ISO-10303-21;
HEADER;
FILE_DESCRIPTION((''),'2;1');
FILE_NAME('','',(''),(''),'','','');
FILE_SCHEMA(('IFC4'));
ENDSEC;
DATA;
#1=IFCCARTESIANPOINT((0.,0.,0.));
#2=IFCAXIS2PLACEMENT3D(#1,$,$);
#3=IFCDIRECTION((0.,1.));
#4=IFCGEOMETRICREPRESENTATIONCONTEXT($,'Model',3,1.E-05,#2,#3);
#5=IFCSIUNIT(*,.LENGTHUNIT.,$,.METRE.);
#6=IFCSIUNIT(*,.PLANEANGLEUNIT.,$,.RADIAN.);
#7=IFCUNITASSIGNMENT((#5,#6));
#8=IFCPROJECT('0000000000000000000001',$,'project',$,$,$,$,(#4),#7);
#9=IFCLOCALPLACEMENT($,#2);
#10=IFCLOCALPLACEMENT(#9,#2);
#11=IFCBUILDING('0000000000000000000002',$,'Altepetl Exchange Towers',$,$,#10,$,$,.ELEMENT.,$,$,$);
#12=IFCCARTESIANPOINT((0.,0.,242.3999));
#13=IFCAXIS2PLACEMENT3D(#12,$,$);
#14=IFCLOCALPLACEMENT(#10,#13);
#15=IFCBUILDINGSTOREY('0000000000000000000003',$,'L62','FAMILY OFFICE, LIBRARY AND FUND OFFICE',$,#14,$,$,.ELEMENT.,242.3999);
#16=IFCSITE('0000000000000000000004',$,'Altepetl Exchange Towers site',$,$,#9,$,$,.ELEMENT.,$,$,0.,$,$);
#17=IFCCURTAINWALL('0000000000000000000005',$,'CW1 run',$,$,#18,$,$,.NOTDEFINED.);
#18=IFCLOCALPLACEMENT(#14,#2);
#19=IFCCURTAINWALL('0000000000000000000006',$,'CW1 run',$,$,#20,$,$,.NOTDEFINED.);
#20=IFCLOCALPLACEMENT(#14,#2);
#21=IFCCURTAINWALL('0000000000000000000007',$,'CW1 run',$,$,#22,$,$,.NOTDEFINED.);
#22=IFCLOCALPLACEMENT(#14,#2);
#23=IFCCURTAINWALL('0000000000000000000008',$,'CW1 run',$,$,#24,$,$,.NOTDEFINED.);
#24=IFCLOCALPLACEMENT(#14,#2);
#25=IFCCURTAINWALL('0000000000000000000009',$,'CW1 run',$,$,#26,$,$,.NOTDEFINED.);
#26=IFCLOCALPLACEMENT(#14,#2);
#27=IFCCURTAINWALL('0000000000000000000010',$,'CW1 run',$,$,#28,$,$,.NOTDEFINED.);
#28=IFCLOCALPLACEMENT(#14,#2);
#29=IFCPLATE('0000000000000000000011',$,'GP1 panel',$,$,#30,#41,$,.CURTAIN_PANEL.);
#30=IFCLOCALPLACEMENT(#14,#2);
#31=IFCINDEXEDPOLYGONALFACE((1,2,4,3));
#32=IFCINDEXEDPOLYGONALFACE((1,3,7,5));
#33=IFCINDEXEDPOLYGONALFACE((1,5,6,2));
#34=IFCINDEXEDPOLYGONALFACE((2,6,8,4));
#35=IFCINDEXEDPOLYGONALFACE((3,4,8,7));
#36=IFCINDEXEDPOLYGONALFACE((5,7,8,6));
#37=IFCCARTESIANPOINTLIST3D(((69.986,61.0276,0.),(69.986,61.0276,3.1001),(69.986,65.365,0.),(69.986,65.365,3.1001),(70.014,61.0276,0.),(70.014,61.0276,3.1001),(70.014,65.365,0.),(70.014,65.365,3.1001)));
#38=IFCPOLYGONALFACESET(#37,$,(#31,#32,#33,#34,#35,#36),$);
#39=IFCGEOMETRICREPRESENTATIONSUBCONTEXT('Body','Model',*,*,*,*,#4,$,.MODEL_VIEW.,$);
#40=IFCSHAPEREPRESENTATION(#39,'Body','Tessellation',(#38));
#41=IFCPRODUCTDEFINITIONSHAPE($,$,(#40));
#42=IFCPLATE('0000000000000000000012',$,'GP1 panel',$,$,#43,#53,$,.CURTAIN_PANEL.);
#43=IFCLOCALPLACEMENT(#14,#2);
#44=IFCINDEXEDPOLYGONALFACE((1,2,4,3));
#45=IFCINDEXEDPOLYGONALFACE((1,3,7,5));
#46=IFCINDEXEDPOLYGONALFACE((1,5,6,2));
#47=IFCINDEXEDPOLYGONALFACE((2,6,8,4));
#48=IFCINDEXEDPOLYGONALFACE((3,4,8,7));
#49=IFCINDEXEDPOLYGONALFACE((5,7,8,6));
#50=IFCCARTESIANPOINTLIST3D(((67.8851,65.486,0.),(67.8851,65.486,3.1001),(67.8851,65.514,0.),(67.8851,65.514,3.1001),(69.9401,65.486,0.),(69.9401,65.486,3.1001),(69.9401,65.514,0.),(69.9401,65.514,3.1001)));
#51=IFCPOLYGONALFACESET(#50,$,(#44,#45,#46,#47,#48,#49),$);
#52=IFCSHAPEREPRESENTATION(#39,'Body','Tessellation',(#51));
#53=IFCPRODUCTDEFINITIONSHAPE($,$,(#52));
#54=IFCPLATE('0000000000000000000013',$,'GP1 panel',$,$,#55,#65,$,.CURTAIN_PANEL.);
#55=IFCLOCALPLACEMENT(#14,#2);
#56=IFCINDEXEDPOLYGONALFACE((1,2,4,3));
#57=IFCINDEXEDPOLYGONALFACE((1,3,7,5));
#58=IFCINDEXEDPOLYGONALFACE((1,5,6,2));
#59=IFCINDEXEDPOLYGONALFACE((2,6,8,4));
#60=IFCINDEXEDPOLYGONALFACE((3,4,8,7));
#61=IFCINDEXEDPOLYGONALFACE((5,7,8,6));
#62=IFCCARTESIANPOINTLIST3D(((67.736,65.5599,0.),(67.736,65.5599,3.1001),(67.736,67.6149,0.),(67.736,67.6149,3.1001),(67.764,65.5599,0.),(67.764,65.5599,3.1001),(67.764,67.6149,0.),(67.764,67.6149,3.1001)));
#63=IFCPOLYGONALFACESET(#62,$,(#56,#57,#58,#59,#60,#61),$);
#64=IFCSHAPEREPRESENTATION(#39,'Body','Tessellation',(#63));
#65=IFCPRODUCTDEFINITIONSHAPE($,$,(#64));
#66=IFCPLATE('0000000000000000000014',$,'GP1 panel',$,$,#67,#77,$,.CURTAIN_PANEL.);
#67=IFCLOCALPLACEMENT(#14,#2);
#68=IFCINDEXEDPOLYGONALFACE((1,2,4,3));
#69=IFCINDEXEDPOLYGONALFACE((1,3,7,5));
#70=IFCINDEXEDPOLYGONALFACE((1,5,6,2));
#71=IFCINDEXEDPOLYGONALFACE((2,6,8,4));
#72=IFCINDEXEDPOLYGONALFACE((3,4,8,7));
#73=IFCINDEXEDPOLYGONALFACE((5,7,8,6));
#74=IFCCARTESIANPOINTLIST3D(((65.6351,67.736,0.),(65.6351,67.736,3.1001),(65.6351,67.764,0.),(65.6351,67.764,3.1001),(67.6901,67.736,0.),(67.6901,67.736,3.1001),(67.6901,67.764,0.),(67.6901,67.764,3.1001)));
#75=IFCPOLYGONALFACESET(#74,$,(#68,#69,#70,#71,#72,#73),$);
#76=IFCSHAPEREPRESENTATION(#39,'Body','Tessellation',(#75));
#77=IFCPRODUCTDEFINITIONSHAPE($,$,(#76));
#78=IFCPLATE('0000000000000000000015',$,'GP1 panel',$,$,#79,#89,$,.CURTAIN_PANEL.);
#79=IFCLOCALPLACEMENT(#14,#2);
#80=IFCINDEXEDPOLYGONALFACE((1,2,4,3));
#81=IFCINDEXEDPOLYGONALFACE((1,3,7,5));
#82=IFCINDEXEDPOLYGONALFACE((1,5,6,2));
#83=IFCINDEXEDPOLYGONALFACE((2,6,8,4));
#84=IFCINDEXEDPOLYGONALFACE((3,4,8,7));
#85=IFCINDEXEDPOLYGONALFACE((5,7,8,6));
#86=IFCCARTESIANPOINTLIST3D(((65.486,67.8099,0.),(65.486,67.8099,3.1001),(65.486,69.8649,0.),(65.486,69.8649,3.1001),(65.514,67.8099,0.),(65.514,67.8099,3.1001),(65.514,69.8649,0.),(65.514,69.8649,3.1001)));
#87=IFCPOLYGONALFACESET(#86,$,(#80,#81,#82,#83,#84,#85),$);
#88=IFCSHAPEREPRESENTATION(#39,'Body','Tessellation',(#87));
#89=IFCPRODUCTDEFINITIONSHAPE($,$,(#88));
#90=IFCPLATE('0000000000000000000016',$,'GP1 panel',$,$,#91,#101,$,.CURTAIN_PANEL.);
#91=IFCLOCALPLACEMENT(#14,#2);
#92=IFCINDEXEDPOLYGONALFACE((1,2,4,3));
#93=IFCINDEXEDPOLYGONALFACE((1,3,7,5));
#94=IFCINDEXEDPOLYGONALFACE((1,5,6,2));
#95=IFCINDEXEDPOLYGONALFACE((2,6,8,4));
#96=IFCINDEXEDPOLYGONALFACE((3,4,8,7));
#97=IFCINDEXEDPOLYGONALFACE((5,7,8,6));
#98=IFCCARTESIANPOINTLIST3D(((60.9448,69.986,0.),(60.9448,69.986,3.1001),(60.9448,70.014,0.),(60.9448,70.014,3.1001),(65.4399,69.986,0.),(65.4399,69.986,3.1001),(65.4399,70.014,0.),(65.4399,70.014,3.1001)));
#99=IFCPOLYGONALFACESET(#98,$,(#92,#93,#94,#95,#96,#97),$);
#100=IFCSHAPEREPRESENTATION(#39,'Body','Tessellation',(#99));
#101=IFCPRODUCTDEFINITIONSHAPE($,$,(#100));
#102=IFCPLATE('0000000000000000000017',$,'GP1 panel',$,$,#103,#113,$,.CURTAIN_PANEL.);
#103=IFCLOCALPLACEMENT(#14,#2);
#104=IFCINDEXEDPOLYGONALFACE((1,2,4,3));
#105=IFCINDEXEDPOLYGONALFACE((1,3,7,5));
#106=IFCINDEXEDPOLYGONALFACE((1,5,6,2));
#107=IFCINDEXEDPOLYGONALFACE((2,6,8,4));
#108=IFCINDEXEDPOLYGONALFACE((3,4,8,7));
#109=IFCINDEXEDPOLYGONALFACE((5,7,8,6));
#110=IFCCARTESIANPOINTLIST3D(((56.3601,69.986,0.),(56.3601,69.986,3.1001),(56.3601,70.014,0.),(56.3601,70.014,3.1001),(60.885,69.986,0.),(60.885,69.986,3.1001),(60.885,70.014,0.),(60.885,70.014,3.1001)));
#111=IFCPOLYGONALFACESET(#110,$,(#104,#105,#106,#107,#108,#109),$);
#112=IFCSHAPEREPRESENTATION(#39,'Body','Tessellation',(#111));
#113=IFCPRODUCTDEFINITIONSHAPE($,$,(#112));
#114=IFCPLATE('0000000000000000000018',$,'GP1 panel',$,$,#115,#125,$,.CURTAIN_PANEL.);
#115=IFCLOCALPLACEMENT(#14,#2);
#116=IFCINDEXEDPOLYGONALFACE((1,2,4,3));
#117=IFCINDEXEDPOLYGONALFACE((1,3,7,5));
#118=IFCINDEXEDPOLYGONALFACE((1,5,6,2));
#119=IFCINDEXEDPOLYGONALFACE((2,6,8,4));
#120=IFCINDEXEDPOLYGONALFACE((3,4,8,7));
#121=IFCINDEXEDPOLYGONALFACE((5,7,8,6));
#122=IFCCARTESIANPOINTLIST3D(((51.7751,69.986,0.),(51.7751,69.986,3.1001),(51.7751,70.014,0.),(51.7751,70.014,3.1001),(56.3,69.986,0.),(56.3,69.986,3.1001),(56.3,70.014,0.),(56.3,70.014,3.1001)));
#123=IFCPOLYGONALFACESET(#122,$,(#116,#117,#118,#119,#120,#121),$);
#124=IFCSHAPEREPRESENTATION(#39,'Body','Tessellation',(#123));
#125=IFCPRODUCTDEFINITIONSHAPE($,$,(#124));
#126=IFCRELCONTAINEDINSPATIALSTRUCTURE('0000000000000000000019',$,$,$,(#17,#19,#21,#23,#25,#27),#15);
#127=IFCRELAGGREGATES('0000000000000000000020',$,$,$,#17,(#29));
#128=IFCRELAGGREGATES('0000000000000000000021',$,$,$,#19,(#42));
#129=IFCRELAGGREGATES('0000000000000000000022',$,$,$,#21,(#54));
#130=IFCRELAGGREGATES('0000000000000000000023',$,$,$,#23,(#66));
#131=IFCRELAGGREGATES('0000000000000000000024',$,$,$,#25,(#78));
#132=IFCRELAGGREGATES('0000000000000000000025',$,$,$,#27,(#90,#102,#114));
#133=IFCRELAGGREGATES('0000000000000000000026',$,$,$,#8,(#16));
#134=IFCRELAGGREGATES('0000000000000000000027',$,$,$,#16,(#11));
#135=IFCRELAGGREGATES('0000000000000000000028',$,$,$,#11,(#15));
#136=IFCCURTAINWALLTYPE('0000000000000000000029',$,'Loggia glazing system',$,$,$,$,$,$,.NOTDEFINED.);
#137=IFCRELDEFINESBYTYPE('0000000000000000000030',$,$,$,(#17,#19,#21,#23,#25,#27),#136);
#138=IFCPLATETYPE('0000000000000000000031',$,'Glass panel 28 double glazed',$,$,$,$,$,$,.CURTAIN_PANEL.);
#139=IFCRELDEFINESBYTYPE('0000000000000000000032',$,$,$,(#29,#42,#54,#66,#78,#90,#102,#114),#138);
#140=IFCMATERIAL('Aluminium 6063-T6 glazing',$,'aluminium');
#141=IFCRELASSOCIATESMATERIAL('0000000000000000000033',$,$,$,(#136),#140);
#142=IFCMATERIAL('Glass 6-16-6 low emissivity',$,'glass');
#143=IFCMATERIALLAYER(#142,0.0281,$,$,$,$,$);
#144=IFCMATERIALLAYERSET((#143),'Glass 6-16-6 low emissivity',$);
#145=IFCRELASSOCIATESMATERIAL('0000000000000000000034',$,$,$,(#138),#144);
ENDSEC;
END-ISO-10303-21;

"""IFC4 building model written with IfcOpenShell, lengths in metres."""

from ifc_helpers import new_model, si_unit, direction, frame, origin, origin_2d, place, context, subcontext, project, spatial, rectangle, extrude, material, layer, layer_set, type_object, element, aggregate, save


model = new_model("IFC4")

# Units and contexts
model_context = context("Model", 3, precision=1e-05, world=origin(), true_north=direction((0.0, 1.0)))
body_context = subcontext(model_context, "Body", "Model", "MODEL_VIEW")
ifc_project = project(units=[si_unit("LENGTHUNIT", "METRE"), si_unit("PLANEANGLEUNIT", "RADIAN")], contexts=[model_context])

# Site, building, storey
site_placement = place(None, origin())
site = spatial("IfcSite", under=ifc_project, at=site_placement, Name="Altepetl Exchange Towers site", CompositionType="ELEMENT", RefElevation=0.0)
building_placement = place(site_placement, origin())
building = spatial("IfcBuilding", under=site, at=building_placement, Name="Altepetl Exchange Towers", CompositionType="ELEMENT")
storey_placement = place(building_placement, frame((0.0, 0.0, 242.3999)))
storey = spatial("IfcBuildingStorey", under=building, at=storey_placement, Name="L62", Description="FAMILY OFFICE, LIBRARY AND FUND OFFICE", CompositionType="ELEMENT", Elevation=242.3999)

# Curtain wall
ifc_material_1 = material(Name="Aluminium 6063-T6 glazing", Category="aluminium")
curtain_wall_type = type_object("IfcCurtainWallType", Name="Loggia glazing system", PredefinedType="NOTDEFINED", material=ifc_material_1)
curtain_wall_1_placement = place(storey_placement, origin())
curtain_wall_1 = element("IfcCurtainWall", 1, at=curtain_wall_1_placement, inside=storey, type_object=curtain_wall_type, Name="CW1 run", PredefinedType="NOTDEFINED")

# Curtain walls
curtain_wall_2_placement = place(storey_placement, origin())
curtain_wall_2 = element("IfcCurtainWall", 2, at=curtain_wall_2_placement, inside=storey, type_object=curtain_wall_type, Name="CW1 run", PredefinedType="NOTDEFINED")
curtain_wall_3_placement = place(storey_placement, origin())
curtain_wall_3 = element("IfcCurtainWall", 3, at=curtain_wall_3_placement, inside=storey, type_object=curtain_wall_type, Name="CW1 run", PredefinedType="NOTDEFINED")
curtain_wall_4_placement = place(storey_placement, origin())
curtain_wall_4 = element("IfcCurtainWall", 4, at=curtain_wall_4_placement, inside=storey, type_object=curtain_wall_type, Name="CW1 run", PredefinedType="NOTDEFINED")
curtain_wall_5_placement = place(storey_placement, origin())
curtain_wall_5 = element("IfcCurtainWall", 5, at=curtain_wall_5_placement, inside=storey, type_object=curtain_wall_type, Name="CW1 run", PredefinedType="NOTDEFINED")
curtain_wall_6_placement = place(storey_placement, origin())
curtain_wall_6 = element("IfcCurtainWall", 6, at=curtain_wall_6_placement, inside=storey, type_object=curtain_wall_type, Name="CW1 run", PredefinedType="NOTDEFINED")

# Plates
ifc_material_2 = material(Name="Glass 6-16-6 low emissivity", Category="glass")
ifc_layer = layer(ifc_material_2, 0.0281)
ifc_layer_set = layer_set([ifc_layer], Name="Glass 6-16-6 low emissivity")
plate_type = type_object("IfcPlateType", Name="Glass panel 28 double glazed", PredefinedType="CURTAIN_PANEL", material=ifc_layer_set)
plate_1_placement = place(storey_placement, frame((70.0, 63.1963, 0.0), z_axis=(0.0, 0.0, 1.0), x_axis=(0.0, 1.0, 0.0)))
plate_1 = element("IfcPlate", 7, at=plate_1_placement, type_object=plate_type, Name="GP1 panel", PredefinedType="CURTAIN_PANEL", context=body_context, shape_type="SweptSolid", body=[
    extrude(rectangle(XDim=4.3374, YDim=0.0281, at=origin_2d()), origin(), (0.0, 0.0, 1.0), 3.1001),
])
aggregate(curtain_wall_1, [plate_1])
plate_2_placement = place(storey_placement, frame((68.9126, 65.5, 0.0), z_axis=(0.0, 0.0, 1.0), x_axis=(-1.0, 0.0, 0.0)))
plate_2 = element("IfcPlate", 8, at=plate_2_placement, type_object=plate_type, Name="GP1 panel", PredefinedType="CURTAIN_PANEL", context=body_context, shape_type="SweptSolid", body=[
    extrude(rectangle(XDim=2.0549, YDim=0.0281, at=origin_2d()), origin(), (0.0, 0.0, 1.0), 3.1001),
])
aggregate(curtain_wall_2, [plate_2])
plate_3_placement = place(storey_placement, frame((67.75, 66.5874, 0.0), z_axis=(0.0, 0.0, 1.0), x_axis=(0.0, 1.0, 0.0)))
plate_3 = element("IfcPlate", 9, at=plate_3_placement, type_object=plate_type, Name="GP1 panel", PredefinedType="CURTAIN_PANEL", context=body_context, shape_type="SweptSolid", body=[
    extrude(rectangle(XDim=2.0549, YDim=0.0281, at=origin_2d()), origin(), (0.0, 0.0, 1.0), 3.1001),
])
aggregate(curtain_wall_3, [plate_3])
plate_4_placement = place(storey_placement, frame((66.6626, 67.75, 0.0), z_axis=(0.0, 0.0, 1.0), x_axis=(-1.0, 0.0, 0.0)))
plate_4 = element("IfcPlate", 10, at=plate_4_placement, type_object=plate_type, Name="GP1 panel", PredefinedType="CURTAIN_PANEL", context=body_context, shape_type="SweptSolid", body=[
    extrude(rectangle(XDim=2.0549, YDim=0.0281, at=origin_2d()), origin(), (0.0, 0.0, 1.0), 3.1001),
])
aggregate(curtain_wall_4, [plate_4])
plate_5_placement = place(storey_placement, frame((65.5, 68.8374, 0.0), z_axis=(0.0, 0.0, 1.0), x_axis=(0.0, 1.0, 0.0)))
plate_5 = element("IfcPlate", 11, at=plate_5_placement, type_object=plate_type, Name="GP1 panel", PredefinedType="CURTAIN_PANEL", context=body_context, shape_type="SweptSolid", body=[
    extrude(rectangle(XDim=2.0549, YDim=0.0281, at=origin_2d()), origin(), (0.0, 0.0, 1.0), 3.1001),
])
aggregate(curtain_wall_5, [plate_5])
plate_6_placement = place(storey_placement, frame((63.1924, 70.0, 0.0), z_axis=(0.0, 0.0, 1.0), x_axis=(-1.0, 0.0, 0.0)))
plate_6 = element("IfcPlate", 12, at=plate_6_placement, type_object=plate_type, Name="GP1 panel", PredefinedType="CURTAIN_PANEL", context=body_context, shape_type="SweptSolid", body=[
    extrude(rectangle(XDim=4.4951, YDim=0.0281, at=origin_2d()), origin(), (0.0, 0.0, 1.0), 3.1001),
])
plate_7_placement = place(storey_placement, frame((58.6226, 70.0, 0.0), z_axis=(0.0, 0.0, 1.0), x_axis=(-1.0, 0.0, 0.0)))
plate_7 = element("IfcPlate", 13, at=plate_7_placement, type_object=plate_type, Name="GP1 panel", PredefinedType="CURTAIN_PANEL", context=body_context, shape_type="SweptSolid", body=[
    extrude(rectangle(XDim=4.5249, YDim=0.0281, at=origin_2d()), origin(), (0.0, 0.0, 1.0), 3.1001),
])
plate_8_placement = place(storey_placement, frame((54.0376, 70.0, 0.0), z_axis=(0.0, 0.0, 1.0), x_axis=(-1.0, 0.0, 0.0)))
plate_8 = element("IfcPlate", 14, at=plate_8_placement, type_object=plate_type, Name="GP1 panel", PredefinedType="CURTAIN_PANEL", context=body_context, shape_type="SweptSolid", body=[
    extrude(rectangle(XDim=4.5249, YDim=0.0281, at=origin_2d()), origin(), (0.0, 0.0, 1.0), 3.1001),
])
aggregate(curtain_wall_6, [plate_6, plate_7, plate_8])

save(model, "model.ifc")
